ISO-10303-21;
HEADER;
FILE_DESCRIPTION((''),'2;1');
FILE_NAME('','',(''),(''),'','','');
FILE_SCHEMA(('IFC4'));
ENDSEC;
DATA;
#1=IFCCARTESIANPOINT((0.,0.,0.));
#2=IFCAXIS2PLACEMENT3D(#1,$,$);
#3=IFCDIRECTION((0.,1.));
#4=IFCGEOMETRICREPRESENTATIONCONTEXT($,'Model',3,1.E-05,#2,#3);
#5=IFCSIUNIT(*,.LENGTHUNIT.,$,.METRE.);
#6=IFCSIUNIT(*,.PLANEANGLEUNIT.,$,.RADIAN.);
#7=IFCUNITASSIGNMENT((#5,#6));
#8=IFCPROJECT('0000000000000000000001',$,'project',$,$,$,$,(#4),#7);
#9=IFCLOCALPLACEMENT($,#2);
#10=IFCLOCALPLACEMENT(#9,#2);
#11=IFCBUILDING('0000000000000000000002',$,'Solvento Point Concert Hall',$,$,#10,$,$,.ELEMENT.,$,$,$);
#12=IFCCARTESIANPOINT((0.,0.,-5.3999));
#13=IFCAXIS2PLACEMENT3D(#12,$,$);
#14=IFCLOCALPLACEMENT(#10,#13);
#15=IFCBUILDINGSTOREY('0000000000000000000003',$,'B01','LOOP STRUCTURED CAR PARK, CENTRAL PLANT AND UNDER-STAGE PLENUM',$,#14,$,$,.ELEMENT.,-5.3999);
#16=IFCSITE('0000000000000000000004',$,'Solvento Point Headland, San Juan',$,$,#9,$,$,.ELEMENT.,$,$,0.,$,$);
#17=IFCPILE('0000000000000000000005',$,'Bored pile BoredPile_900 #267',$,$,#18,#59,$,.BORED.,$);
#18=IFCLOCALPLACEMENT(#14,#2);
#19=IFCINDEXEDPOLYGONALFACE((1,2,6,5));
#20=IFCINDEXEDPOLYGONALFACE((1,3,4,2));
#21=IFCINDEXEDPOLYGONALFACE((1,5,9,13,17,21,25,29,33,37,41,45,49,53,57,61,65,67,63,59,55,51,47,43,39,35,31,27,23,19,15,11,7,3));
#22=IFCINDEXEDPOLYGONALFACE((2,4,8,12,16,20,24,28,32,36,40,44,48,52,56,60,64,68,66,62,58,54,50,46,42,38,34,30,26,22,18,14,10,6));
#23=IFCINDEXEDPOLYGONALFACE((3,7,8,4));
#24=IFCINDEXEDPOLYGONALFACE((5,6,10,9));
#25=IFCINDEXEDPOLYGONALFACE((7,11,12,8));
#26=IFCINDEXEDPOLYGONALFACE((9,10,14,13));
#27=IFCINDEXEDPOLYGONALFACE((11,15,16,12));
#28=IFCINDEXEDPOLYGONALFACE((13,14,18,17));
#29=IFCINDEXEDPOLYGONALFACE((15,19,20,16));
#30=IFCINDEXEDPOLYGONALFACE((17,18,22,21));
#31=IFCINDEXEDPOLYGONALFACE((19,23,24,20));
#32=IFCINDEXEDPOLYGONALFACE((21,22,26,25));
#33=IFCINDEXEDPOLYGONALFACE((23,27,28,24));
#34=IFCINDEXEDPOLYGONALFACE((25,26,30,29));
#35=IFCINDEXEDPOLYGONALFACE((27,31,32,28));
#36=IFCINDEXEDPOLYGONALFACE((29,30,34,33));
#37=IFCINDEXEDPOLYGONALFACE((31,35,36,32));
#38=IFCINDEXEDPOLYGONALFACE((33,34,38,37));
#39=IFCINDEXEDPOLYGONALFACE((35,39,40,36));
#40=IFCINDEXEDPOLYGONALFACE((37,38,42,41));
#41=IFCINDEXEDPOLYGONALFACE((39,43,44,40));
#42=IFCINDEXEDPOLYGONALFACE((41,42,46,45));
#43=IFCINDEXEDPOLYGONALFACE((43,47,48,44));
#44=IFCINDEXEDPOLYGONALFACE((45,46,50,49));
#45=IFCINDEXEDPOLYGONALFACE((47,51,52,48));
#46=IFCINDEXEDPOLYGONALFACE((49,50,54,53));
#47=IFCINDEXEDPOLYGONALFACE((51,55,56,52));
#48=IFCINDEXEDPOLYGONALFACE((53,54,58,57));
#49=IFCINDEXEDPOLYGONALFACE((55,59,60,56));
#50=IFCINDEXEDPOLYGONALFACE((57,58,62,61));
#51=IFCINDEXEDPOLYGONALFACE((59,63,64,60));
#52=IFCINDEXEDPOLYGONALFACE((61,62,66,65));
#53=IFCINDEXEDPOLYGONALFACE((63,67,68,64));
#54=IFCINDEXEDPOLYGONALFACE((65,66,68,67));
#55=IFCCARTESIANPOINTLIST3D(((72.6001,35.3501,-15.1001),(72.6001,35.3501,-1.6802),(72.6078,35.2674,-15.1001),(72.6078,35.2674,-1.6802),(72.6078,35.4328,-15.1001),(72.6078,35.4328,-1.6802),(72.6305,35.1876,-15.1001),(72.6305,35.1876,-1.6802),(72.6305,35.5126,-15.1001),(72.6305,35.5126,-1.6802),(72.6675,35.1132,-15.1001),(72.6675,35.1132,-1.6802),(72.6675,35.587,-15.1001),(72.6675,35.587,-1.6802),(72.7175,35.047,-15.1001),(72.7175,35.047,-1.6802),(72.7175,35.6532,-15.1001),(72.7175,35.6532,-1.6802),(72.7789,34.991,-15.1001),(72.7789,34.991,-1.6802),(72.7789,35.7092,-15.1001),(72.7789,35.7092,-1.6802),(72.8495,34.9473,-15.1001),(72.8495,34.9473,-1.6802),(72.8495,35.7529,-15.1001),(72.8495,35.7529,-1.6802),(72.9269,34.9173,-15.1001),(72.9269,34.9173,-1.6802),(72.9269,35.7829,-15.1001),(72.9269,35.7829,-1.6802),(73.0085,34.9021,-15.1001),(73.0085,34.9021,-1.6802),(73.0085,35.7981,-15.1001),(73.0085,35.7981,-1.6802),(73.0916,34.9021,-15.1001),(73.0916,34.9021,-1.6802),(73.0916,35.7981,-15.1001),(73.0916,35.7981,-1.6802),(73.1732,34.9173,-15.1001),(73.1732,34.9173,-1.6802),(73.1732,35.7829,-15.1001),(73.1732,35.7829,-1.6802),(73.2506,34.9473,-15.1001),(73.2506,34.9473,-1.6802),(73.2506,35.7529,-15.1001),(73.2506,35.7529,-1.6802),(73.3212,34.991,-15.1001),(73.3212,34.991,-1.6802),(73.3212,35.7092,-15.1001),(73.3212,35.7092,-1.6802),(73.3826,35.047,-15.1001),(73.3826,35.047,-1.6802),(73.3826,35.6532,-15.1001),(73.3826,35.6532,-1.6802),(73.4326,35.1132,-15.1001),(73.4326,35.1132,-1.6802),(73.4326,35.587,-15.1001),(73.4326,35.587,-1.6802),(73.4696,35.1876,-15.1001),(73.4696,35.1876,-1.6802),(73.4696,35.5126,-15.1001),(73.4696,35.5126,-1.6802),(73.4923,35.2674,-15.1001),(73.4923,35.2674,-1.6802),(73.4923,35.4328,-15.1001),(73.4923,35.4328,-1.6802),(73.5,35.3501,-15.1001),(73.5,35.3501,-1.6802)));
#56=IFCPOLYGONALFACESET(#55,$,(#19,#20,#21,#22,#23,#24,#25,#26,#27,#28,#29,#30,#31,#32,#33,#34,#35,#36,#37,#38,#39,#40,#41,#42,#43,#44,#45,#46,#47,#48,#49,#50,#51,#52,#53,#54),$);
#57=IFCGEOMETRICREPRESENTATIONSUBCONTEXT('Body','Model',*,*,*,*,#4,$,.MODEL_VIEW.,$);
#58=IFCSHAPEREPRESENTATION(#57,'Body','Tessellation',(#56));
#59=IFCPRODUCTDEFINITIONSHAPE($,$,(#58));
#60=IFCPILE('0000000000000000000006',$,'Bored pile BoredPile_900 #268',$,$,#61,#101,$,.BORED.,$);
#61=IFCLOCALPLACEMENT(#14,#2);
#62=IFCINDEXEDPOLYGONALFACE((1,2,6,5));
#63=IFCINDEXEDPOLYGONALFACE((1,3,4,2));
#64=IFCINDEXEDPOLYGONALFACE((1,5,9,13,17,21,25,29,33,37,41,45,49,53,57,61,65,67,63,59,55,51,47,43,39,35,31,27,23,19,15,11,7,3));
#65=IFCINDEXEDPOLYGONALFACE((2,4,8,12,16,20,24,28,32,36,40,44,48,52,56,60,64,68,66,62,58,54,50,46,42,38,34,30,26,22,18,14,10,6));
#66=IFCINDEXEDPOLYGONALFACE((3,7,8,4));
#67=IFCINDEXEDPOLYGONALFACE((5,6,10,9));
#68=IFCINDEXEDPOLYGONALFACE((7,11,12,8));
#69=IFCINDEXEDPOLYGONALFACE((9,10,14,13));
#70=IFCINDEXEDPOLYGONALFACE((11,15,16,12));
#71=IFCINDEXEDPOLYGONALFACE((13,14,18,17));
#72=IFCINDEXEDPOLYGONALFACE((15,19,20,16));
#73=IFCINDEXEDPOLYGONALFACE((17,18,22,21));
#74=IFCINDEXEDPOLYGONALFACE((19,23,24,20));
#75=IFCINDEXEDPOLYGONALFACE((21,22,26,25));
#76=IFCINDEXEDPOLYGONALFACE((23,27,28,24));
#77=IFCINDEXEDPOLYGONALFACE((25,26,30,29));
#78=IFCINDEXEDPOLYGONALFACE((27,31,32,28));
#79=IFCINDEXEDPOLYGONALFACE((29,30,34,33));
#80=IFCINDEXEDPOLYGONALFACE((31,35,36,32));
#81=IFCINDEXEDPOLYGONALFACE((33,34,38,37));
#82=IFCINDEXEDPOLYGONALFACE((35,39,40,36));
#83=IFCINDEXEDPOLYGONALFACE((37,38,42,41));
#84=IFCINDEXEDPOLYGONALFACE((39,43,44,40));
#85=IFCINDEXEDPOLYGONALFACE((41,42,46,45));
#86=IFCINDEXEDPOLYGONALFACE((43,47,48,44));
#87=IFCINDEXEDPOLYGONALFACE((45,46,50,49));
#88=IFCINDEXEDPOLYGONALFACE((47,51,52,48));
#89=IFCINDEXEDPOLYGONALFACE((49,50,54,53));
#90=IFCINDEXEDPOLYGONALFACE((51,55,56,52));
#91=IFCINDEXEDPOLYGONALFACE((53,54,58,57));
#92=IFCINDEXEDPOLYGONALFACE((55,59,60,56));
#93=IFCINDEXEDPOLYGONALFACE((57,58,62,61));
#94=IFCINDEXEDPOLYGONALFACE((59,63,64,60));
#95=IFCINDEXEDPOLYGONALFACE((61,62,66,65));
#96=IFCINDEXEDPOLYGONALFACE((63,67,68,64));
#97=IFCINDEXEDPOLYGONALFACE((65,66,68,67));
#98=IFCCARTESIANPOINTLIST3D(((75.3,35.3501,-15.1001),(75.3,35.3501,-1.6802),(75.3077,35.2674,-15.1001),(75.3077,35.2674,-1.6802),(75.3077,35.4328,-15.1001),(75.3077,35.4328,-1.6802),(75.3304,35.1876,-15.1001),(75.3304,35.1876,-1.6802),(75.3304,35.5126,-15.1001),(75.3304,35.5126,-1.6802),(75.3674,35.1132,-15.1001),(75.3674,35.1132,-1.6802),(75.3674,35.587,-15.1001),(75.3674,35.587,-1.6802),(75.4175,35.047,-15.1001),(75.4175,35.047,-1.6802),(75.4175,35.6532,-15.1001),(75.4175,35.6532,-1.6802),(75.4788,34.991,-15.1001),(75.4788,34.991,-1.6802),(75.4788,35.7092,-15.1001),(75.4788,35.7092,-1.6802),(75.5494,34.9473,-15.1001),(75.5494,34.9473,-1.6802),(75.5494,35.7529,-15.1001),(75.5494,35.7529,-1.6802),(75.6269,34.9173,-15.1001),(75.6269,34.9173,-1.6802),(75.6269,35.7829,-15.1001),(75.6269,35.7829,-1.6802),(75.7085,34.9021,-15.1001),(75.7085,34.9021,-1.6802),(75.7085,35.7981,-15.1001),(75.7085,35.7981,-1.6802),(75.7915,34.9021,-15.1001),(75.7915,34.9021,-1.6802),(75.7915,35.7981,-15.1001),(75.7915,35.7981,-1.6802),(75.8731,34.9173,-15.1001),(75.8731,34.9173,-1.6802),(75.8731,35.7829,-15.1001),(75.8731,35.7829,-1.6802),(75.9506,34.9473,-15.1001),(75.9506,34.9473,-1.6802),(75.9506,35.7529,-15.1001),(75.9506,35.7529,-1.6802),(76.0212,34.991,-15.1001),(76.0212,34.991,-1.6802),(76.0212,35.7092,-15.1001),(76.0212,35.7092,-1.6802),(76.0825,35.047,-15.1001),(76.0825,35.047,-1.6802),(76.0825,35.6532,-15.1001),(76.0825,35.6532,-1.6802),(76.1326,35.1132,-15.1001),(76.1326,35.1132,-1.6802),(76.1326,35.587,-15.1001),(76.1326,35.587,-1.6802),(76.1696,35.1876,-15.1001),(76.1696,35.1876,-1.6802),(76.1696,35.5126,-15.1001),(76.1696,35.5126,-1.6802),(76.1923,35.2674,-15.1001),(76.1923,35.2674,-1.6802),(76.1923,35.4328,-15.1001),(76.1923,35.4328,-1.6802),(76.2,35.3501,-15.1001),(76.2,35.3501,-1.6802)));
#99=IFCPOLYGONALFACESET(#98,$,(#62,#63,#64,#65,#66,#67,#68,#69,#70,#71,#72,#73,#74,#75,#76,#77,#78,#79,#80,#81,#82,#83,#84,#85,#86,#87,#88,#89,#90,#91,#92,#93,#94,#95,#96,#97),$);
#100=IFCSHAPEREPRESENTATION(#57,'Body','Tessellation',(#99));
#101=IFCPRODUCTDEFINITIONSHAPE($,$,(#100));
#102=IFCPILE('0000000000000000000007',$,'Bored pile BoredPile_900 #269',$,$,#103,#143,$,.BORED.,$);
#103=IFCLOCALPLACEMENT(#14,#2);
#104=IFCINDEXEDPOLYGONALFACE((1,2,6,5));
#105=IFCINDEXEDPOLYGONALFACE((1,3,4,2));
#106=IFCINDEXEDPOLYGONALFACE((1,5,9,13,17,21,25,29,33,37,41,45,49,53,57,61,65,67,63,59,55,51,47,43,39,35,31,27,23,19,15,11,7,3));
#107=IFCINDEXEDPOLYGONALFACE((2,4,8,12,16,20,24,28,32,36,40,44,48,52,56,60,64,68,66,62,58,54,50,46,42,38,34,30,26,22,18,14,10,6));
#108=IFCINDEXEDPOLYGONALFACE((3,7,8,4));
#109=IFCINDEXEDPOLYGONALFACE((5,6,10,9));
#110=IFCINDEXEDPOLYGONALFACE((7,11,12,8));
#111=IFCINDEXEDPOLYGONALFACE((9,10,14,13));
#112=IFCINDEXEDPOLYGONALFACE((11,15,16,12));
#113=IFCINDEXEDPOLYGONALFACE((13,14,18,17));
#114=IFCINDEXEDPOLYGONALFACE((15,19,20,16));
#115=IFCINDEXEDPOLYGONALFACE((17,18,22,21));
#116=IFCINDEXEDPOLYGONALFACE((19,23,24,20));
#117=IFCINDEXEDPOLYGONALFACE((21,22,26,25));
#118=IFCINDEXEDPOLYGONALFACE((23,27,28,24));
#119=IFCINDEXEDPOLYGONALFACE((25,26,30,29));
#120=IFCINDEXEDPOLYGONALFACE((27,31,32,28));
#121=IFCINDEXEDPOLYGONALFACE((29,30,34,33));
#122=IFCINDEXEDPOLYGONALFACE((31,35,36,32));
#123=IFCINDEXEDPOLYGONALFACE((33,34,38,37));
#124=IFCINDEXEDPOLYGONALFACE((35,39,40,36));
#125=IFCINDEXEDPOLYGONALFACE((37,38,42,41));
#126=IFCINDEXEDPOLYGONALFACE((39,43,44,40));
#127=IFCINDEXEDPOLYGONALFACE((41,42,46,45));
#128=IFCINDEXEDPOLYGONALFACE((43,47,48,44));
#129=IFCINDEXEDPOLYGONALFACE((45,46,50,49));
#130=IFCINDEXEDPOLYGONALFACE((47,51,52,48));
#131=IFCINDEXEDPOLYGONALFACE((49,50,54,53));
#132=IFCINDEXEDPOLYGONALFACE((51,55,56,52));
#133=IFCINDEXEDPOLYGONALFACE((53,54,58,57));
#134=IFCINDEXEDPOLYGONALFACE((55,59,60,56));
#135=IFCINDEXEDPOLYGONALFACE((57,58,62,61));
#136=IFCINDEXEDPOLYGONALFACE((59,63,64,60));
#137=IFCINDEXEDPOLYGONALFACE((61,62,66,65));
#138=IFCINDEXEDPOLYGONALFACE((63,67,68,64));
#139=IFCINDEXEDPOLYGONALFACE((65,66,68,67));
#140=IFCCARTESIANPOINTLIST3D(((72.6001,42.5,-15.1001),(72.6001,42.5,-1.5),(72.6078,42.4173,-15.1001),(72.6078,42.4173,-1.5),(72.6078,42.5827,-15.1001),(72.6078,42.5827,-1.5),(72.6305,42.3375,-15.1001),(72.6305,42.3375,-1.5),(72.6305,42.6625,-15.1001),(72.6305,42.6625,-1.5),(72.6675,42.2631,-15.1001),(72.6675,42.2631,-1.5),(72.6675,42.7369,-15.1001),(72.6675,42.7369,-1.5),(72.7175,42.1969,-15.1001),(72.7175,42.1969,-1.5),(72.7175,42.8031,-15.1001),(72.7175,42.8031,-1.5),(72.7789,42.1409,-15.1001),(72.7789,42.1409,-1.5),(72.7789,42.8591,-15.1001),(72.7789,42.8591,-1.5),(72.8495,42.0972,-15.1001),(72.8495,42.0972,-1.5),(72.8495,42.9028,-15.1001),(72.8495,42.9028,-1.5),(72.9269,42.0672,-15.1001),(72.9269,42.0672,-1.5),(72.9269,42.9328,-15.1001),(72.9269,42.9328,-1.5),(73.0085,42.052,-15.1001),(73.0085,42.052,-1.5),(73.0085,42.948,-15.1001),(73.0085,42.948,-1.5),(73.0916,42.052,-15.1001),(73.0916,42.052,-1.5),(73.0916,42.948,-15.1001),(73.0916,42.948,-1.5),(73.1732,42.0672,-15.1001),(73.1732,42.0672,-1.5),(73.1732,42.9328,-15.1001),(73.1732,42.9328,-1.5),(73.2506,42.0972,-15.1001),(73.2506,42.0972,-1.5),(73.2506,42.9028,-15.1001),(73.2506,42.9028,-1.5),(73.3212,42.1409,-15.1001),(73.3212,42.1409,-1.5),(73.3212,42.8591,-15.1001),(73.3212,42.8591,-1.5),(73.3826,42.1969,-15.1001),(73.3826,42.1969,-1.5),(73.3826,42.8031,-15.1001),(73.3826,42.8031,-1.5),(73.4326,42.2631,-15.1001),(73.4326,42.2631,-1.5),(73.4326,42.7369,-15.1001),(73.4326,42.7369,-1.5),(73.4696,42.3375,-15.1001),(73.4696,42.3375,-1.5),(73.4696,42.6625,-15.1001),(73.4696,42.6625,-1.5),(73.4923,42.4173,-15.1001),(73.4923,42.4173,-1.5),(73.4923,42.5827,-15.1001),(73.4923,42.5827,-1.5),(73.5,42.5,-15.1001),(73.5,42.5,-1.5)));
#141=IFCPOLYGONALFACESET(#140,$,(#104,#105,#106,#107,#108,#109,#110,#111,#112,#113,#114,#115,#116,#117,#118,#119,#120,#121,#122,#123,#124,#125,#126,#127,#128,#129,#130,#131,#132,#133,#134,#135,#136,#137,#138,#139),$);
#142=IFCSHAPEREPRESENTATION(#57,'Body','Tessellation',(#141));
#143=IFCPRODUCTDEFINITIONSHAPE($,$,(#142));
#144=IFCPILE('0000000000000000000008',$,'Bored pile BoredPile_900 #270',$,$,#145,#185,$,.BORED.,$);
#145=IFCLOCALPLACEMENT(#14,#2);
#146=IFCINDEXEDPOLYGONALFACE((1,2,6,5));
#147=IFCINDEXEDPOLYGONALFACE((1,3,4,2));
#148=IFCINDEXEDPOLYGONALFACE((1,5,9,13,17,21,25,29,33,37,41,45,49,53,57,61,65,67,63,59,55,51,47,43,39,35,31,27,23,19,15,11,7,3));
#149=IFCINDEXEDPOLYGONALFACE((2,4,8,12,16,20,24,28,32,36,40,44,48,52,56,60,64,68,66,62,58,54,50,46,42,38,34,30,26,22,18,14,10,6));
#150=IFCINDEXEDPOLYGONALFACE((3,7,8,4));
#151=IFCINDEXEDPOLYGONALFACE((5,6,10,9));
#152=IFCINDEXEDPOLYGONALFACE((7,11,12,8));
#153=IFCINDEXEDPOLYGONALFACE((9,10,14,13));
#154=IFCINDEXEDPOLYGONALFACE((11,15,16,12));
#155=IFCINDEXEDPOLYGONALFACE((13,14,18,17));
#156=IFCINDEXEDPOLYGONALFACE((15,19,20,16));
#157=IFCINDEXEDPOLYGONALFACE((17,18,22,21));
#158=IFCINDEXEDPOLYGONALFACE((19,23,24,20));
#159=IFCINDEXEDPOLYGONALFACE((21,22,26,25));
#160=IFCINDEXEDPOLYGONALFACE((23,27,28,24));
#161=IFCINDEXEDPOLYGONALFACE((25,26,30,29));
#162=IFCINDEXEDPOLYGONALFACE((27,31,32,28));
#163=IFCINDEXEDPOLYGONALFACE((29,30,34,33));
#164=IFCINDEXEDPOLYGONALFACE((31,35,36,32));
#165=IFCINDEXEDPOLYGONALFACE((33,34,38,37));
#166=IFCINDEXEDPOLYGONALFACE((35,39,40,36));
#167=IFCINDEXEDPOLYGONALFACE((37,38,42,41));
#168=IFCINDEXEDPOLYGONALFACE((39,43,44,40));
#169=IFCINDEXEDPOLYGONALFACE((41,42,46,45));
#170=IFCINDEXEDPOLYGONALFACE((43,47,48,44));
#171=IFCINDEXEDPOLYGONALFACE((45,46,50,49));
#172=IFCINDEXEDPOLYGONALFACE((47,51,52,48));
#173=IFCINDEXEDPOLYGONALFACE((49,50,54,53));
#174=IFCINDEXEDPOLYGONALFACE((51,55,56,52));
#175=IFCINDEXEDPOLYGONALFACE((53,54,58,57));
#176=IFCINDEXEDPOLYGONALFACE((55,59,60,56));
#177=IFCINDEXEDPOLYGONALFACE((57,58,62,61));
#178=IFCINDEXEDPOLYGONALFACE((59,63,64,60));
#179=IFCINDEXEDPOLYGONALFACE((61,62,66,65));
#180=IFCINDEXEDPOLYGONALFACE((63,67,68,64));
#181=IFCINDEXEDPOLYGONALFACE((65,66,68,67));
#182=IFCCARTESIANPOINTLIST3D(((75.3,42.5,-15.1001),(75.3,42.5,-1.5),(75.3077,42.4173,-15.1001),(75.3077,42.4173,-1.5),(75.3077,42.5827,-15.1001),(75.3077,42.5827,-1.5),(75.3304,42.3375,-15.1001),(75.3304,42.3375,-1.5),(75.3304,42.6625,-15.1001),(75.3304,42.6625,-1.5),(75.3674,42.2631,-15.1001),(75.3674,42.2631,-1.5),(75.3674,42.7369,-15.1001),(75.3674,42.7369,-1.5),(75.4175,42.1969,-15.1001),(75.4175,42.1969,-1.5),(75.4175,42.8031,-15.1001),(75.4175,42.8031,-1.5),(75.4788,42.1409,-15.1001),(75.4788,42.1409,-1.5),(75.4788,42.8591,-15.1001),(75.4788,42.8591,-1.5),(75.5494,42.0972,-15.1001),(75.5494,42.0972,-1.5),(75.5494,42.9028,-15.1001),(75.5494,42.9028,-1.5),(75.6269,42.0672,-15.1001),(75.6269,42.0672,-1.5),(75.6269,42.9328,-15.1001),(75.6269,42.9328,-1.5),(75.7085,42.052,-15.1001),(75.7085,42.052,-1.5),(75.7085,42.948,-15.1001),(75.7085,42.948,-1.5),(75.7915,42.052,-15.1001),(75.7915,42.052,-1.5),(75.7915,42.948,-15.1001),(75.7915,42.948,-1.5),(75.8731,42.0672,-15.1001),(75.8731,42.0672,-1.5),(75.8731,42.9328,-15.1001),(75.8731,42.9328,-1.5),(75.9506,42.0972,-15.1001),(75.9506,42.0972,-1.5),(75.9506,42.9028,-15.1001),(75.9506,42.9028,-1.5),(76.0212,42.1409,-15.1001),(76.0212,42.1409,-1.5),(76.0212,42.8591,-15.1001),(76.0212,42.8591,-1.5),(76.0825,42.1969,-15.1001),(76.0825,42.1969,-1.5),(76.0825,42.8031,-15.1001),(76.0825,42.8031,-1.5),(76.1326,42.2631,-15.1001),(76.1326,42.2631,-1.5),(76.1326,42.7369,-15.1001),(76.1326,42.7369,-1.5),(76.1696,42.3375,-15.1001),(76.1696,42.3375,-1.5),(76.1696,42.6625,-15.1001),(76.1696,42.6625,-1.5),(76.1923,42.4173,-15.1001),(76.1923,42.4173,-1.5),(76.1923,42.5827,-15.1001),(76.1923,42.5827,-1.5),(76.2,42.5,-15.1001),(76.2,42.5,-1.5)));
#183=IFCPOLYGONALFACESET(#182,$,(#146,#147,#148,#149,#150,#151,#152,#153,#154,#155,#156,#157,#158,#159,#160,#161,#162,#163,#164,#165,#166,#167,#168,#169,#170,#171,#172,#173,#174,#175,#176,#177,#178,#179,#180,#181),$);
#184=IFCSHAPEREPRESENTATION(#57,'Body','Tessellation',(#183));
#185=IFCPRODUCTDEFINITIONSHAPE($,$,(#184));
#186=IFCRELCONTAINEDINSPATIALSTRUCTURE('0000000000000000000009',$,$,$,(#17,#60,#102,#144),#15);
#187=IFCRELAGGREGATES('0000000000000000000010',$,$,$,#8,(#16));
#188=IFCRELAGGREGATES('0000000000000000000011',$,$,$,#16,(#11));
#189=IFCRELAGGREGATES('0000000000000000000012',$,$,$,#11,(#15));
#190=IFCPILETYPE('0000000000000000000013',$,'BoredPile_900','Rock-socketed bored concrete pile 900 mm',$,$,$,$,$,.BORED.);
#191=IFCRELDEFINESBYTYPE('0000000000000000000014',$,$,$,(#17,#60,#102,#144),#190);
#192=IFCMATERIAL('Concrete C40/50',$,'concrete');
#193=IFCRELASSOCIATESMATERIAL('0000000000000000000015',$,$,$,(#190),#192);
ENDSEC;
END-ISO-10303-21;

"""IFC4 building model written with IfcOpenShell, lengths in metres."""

from ifc_helpers import new_model, si_unit, direction, frame, origin, origin_2d, place, context, subcontext, project, spatial, circle, extrude, material, material_profile, profile_set, type_object, element, save


model = new_model("IFC4")

# Units and contexts
model_context = context("Model", 3, precision=1e-05, world=origin(), true_north=direction((0.0, 1.0)))
body_context = subcontext(model_context, "Body", "Model", "MODEL_VIEW")
ifc_project = project(units=[si_unit("LENGTHUNIT", "METRE"), si_unit("PLANEANGLEUNIT", "RADIAN")], contexts=[model_context])

# Site, building, storey
site_placement = place(None, origin())
site = spatial("IfcSite", under=ifc_project, at=site_placement, Name="Solvento Point Headland, San Juan", CompositionType="ELEMENT", RefElevation=0.0)
building_placement = place(site_placement, origin())
building = spatial("IfcBuilding", under=site, at=building_placement, Name="Solvento Point Concert Hall", CompositionType="ELEMENT")
storey_placement = place(building_placement, frame((0.0, 0.0, -5.3999)))
storey = spatial("IfcBuildingStorey", under=building, at=storey_placement, Name="B01", Description="LOOP STRUCTURED CAR PARK, CENTRAL PLANT AND UNDER-STAGE PLENUM", CompositionType="ELEMENT", Elevation=-5.3999)

# Piles
ifc_material_1 = material(Name="Concrete C40/50", Category="concrete")
ifc_material_profile_1 = material_profile(ifc_material_1, circle(Radius=0.45, at=origin_2d()), Name="BP-900")
ifc_profile_set_1 = profile_set([ifc_material_profile_1], Name="Concrete C40/50")
pile_type_1 = type_object("IfcPileType", Name="BoredPile_900", Description="Rock-socketed bored concrete pile 900 mm", PredefinedType="BORED", material=ifc_profile_set_1)
for number, where, z_axis, x_axis, name in (
    (1, (73.05, 35.3501, -1.6802), (0.0, 0.0, -1.0), (1.0, 0.0, 0.0), "Bored pile BoredPile_900 #267"),
    (2, (75.75, 35.3501, -1.6802), (0.0, 0.0, -1.0), (1.0, 0.0, 0.0), "Bored pile BoredPile_900 #268"),
):
    element("IfcPile", number, at=place(storey_placement, frame(where, z_axis=z_axis, x_axis=x_axis)), inside=storey, type_object=pile_type_1, Name=name, PredefinedType="BORED", context=body_context, shape_type="SweptSolid", body=[
        extrude(circle(Radius=0.45, at=origin_2d()), origin(), (0.0, 0.0, 1.0), 13.4199),
    ])
for number, where, z_axis, x_axis, name in (
    (3, (73.05, 42.5, -1.5), (0.0, 0.0, -1.0), (1.0, 0.0, 0.0), "Bored pile BoredPile_900 #269"),
    (4, (75.75, 42.5, -1.5), (0.0, 0.0, -1.0), (1.0, 0.0, 0.0), "Bored pile BoredPile_900 #270"),
):
    element("IfcPile", number, at=place(storey_placement, frame(where, z_axis=z_axis, x_axis=x_axis)), inside=storey, type_object=pile_type_1, Name=name, PredefinedType="BORED", context=body_context, shape_type="SweptSolid", body=[
        extrude(circle(Radius=0.45, at=origin_2d()), origin(), (0.0, 0.0, 1.0), 13.6001),
    ])

save(model, "model.ifc")
